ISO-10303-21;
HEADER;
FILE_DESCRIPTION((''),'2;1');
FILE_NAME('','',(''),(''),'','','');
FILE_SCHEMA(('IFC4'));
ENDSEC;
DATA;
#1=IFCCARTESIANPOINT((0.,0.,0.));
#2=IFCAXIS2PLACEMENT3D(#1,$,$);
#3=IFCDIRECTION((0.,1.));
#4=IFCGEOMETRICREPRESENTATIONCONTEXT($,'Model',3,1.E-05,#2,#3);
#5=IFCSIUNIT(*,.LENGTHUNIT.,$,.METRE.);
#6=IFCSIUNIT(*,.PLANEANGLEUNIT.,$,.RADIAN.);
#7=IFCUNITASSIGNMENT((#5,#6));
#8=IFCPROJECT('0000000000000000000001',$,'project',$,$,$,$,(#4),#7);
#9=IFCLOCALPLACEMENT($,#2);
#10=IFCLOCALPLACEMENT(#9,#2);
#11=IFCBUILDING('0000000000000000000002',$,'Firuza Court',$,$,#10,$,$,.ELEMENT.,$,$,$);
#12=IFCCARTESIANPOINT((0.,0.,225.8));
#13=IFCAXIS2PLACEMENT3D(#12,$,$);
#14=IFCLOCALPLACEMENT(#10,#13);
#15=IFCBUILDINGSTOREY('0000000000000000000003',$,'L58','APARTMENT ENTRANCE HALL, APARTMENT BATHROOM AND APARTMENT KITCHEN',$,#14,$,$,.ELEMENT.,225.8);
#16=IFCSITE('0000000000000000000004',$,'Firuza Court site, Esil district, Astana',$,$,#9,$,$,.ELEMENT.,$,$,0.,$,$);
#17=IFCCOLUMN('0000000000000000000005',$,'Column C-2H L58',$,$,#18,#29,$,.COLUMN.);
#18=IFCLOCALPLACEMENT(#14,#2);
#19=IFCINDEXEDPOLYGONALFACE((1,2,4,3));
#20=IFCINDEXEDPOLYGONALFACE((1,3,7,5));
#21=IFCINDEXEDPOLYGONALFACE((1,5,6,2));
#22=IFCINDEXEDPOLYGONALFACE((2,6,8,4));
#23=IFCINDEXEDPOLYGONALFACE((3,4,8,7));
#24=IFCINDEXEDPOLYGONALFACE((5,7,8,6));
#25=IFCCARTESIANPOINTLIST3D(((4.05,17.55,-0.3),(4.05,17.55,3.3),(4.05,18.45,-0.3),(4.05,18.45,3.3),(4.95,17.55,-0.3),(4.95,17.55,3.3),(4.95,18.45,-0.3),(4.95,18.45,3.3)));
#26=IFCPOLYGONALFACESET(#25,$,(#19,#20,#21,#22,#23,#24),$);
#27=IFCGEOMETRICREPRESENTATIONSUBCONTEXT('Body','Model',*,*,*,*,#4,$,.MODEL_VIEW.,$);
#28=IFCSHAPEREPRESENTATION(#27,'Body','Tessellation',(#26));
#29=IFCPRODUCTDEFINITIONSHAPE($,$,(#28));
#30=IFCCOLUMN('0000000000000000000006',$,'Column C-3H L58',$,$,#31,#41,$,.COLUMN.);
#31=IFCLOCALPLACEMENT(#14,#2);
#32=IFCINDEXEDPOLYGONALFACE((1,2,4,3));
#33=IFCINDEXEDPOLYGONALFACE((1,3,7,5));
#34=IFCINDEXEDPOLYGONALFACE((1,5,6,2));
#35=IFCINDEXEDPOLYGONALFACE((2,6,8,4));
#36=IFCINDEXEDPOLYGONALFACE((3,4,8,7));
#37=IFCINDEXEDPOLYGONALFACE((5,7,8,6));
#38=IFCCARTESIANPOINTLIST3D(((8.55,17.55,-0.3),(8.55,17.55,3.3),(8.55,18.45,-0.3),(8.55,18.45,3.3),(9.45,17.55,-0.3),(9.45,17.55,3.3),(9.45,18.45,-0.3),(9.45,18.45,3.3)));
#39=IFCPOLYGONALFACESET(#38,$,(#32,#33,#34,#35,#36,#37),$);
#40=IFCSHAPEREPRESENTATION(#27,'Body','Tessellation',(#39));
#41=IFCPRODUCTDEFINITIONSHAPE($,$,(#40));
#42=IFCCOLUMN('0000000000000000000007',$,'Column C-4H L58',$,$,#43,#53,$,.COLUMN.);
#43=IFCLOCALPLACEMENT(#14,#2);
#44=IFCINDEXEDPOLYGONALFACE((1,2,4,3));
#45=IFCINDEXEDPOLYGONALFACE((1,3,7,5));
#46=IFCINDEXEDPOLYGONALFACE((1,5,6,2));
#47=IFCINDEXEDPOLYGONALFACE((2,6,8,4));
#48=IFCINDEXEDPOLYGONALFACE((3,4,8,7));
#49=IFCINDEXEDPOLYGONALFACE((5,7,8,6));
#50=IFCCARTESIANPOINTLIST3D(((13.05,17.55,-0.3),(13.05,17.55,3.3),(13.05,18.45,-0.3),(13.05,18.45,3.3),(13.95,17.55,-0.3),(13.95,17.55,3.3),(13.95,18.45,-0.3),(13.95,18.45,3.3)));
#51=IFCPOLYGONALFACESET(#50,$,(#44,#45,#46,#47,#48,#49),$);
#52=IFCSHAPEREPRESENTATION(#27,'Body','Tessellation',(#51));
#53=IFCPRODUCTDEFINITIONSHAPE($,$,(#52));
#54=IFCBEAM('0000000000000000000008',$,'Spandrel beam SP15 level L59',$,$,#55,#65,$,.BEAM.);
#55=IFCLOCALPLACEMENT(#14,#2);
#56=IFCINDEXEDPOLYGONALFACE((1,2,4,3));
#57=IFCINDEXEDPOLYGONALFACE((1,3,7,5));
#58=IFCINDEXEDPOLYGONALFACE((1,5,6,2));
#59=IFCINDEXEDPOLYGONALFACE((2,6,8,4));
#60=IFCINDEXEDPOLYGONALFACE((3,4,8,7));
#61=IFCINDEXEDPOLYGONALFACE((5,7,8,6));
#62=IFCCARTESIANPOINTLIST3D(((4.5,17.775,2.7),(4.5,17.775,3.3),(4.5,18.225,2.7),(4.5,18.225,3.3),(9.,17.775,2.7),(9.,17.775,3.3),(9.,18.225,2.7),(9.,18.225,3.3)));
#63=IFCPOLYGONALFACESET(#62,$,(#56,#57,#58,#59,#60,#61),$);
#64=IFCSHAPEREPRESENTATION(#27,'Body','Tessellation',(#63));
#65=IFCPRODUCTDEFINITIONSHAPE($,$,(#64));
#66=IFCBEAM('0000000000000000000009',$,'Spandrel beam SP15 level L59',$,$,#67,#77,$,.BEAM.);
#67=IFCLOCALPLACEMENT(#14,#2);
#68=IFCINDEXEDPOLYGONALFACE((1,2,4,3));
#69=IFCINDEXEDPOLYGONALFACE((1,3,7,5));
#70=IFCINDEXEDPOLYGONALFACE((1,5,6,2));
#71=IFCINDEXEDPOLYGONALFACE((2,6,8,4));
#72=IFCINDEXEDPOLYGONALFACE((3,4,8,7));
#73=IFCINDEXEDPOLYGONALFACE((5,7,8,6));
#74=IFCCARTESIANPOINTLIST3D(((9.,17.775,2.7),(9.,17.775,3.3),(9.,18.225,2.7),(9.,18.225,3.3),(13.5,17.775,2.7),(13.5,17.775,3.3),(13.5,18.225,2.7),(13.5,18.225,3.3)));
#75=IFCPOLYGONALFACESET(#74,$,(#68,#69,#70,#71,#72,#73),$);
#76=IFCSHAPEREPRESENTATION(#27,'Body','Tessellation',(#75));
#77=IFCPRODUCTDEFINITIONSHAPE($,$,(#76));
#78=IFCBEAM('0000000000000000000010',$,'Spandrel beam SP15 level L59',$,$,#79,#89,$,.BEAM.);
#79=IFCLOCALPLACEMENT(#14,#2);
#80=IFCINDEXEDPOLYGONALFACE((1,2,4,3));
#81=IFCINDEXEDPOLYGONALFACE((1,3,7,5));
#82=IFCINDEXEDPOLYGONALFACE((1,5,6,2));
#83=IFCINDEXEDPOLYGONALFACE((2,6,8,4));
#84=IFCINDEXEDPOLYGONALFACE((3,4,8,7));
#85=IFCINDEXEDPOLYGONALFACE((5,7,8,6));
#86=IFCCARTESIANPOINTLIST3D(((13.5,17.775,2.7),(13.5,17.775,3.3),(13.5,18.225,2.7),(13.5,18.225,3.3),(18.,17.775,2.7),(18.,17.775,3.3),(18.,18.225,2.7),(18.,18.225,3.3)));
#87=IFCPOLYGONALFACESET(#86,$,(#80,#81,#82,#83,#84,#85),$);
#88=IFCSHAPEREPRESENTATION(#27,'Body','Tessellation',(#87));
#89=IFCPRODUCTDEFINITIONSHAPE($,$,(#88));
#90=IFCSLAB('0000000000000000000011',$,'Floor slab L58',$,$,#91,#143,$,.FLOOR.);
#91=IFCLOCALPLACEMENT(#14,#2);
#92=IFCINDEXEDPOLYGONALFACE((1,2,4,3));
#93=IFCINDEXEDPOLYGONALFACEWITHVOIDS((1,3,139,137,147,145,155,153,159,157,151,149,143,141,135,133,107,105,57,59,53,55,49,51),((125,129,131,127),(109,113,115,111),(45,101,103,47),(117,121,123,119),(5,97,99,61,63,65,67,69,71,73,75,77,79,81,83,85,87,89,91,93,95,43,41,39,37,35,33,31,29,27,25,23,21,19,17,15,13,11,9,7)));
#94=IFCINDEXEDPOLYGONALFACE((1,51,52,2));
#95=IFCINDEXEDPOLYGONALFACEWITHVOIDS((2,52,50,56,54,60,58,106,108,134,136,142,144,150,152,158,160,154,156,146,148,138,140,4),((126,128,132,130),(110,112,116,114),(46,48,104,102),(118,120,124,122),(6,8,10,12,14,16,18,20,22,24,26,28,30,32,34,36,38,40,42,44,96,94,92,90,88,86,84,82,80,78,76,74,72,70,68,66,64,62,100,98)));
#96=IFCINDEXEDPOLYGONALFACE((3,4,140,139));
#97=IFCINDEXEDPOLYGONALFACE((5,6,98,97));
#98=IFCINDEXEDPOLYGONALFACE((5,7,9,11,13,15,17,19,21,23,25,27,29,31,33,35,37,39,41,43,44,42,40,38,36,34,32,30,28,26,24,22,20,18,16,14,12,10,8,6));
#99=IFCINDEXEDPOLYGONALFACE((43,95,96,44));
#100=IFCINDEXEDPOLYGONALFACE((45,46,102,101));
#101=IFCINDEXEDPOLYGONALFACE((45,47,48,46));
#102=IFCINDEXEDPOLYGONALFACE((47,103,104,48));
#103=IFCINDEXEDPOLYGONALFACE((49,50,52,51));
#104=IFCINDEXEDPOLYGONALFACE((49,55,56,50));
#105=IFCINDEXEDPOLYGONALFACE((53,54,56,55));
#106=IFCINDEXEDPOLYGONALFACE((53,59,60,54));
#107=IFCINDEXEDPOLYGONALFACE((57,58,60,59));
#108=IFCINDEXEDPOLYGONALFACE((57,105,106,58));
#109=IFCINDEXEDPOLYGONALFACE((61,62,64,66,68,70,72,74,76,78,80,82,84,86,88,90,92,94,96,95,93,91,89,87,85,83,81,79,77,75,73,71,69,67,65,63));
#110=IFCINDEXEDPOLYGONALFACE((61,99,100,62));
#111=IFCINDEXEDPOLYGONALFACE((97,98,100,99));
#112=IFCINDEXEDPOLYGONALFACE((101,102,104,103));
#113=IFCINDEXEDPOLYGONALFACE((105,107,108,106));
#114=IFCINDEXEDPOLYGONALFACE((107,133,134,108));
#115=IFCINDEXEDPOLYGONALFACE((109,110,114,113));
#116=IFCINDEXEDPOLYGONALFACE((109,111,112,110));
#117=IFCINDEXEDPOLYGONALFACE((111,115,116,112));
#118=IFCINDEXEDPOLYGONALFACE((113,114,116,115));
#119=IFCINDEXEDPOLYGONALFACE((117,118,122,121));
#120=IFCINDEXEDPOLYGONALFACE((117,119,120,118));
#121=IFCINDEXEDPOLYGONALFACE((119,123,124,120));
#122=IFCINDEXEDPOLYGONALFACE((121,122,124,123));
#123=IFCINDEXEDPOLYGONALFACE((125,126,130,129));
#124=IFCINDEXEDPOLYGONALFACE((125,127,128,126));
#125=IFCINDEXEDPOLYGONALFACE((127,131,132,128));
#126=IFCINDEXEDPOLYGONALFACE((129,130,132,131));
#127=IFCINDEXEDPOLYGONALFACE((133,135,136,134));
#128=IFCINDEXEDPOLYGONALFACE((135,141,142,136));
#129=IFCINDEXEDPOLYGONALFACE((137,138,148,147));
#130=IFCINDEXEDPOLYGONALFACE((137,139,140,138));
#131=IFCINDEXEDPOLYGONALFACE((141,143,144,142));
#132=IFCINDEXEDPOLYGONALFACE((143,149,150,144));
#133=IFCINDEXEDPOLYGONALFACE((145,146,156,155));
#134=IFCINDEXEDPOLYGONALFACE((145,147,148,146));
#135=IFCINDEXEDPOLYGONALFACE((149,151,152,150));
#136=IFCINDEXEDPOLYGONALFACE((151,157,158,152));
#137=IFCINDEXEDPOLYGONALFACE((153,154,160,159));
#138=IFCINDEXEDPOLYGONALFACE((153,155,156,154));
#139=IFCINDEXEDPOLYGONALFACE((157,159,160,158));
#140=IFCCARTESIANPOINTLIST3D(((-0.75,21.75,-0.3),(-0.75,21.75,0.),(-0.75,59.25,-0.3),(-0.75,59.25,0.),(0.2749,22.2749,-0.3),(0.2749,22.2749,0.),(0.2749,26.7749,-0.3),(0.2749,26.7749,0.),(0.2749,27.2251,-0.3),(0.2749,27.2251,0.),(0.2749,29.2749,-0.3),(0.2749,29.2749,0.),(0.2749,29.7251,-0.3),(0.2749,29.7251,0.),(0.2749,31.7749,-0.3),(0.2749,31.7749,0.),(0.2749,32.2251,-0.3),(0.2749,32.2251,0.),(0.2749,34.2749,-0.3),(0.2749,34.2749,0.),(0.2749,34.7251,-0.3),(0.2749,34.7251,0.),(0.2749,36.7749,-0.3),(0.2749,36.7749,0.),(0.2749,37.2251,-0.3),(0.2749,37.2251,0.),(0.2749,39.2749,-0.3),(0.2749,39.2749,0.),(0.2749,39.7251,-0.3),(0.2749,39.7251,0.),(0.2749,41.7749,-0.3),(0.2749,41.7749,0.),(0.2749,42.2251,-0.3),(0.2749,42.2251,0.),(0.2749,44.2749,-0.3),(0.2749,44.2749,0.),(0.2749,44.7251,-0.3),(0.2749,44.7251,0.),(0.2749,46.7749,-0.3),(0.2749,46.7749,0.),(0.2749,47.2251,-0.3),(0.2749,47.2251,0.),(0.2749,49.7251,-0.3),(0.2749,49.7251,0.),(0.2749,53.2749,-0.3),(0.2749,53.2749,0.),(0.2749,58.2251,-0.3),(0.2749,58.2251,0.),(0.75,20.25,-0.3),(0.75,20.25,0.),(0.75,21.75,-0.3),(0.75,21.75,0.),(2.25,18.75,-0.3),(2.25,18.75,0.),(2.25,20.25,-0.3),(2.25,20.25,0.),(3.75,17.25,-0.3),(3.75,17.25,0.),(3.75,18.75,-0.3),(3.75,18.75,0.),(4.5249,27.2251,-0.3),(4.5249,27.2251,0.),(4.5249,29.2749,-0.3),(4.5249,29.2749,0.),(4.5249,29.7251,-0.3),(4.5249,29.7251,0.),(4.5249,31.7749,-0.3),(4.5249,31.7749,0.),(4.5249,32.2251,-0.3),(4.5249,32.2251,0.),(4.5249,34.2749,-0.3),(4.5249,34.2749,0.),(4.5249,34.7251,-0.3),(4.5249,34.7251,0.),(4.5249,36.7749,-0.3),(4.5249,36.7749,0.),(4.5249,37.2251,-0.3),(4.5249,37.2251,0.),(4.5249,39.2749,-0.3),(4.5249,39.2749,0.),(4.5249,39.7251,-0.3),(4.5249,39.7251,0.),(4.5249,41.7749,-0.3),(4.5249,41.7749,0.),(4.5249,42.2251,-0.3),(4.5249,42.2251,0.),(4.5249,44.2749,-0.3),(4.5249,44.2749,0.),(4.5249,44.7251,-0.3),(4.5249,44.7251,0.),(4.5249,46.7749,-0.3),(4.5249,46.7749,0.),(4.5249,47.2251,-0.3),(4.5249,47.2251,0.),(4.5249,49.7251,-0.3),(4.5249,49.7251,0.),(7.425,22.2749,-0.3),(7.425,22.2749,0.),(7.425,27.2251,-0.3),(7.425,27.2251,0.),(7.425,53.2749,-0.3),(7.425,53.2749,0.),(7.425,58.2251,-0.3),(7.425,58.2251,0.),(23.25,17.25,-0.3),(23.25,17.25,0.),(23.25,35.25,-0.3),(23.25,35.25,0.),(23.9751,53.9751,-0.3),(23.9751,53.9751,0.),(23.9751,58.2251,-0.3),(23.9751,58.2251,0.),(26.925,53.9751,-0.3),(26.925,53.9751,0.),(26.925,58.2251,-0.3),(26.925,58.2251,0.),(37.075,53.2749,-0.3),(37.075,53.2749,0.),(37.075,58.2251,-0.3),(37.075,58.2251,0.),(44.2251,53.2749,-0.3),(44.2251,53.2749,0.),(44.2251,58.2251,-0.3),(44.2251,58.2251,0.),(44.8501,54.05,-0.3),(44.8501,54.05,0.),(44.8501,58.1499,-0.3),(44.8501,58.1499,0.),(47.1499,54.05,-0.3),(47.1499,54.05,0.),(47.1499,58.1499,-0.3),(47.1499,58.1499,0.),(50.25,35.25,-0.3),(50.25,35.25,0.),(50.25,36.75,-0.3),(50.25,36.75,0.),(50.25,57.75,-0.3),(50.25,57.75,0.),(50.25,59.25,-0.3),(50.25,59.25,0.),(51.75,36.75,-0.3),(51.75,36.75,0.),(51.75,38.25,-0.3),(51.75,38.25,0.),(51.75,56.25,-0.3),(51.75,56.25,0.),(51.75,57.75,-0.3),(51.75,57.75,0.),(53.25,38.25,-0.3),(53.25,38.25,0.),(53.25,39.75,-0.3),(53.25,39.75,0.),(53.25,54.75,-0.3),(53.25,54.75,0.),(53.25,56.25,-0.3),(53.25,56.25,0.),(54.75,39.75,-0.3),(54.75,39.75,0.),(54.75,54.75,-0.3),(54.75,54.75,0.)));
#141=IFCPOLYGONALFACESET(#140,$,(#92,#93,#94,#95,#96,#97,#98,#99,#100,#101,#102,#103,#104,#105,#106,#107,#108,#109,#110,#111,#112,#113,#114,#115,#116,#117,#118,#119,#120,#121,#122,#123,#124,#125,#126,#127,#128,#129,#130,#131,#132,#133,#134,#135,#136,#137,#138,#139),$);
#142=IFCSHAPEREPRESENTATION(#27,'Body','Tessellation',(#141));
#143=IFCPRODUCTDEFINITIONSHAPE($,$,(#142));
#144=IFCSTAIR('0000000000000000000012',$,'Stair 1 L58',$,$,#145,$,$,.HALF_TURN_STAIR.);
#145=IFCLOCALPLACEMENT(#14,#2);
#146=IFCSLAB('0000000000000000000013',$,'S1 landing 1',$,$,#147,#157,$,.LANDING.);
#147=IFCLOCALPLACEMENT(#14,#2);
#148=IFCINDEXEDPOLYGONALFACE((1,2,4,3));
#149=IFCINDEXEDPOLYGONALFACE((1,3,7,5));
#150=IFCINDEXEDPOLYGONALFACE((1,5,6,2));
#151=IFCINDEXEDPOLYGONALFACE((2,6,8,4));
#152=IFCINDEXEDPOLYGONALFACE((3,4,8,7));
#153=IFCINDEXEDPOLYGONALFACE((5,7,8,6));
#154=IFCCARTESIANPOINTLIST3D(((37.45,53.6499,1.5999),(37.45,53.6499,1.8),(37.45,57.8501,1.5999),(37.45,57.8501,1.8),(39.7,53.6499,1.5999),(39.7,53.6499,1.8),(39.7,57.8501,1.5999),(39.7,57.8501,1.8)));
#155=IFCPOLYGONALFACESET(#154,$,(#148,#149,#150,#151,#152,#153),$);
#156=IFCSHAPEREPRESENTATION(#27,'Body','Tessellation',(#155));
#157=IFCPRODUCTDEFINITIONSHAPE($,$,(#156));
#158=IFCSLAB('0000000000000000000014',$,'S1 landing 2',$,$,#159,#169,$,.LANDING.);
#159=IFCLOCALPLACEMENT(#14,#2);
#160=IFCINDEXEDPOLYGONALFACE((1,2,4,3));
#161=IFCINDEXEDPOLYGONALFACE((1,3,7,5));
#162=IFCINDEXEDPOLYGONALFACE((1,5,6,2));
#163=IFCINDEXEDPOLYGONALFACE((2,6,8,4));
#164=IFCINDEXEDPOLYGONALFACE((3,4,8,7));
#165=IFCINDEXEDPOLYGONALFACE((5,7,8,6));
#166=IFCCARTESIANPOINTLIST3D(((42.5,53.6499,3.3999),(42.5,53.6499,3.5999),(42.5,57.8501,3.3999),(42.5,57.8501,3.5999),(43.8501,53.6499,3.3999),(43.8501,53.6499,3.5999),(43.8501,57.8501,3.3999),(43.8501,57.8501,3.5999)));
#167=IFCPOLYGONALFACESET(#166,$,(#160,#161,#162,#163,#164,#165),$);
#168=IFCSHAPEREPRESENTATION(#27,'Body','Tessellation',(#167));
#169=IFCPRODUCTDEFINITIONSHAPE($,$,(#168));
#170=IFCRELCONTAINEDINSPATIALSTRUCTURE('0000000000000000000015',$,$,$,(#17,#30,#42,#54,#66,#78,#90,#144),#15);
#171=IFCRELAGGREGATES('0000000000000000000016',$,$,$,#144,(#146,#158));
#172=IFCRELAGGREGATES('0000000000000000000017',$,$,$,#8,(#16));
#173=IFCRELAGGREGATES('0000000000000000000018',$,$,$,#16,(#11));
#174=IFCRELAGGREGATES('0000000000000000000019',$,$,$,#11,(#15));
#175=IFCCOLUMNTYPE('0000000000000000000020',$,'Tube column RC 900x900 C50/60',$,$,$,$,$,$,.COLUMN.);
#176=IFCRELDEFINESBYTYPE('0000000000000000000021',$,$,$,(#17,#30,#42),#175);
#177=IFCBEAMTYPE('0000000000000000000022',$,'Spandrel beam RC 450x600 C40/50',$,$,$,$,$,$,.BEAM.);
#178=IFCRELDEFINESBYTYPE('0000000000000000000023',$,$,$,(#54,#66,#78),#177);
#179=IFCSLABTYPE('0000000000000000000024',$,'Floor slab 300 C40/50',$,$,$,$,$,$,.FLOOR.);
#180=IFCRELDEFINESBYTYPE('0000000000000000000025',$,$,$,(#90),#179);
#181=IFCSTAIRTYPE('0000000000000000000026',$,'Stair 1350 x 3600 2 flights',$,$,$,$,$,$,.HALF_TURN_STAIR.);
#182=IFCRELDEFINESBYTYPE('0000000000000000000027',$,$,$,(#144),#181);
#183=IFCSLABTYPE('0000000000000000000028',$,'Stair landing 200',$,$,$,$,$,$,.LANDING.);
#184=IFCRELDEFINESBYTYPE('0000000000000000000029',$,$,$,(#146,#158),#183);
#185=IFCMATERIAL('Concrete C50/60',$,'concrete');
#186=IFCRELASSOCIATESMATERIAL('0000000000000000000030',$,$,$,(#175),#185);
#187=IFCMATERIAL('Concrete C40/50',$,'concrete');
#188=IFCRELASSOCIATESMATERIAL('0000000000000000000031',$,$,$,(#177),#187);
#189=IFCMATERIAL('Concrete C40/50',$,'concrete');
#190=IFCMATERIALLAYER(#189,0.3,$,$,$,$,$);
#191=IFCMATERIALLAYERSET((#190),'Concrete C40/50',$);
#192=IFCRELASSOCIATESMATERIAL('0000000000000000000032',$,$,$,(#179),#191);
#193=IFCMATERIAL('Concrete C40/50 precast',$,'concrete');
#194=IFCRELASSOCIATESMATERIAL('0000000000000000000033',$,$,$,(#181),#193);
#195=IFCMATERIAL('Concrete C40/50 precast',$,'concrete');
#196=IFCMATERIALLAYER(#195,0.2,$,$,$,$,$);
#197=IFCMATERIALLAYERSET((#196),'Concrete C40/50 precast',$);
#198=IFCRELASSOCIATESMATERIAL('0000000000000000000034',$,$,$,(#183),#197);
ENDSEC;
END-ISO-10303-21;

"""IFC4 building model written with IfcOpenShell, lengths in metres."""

from ifc_helpers import new_model, si_unit, direction, frame, origin, origin_2d, place, context, subcontext, project, spatial, polyline, rectangle, outline, extrude, material, layer, layer_set, material_profile, profile_set, type_object, element, aggregate, save


model = new_model("IFC4")

# Units and contexts
model_context = context("Model", 3, precision=1e-05, world=origin(), true_north=direction((0.0, 1.0)))
body_context = subcontext(model_context, "Body", "Model", "MODEL_VIEW")
ifc_project = project(units=[si_unit("LENGTHUNIT", "METRE"), si_unit("PLANEANGLEUNIT", "RADIAN")], contexts=[model_context])

# Site, building, storey
site_placement = place(None, origin())
site = spatial("IfcSite", under=ifc_project, at=site_placement, Name="Firuza Court site, Esil district, Astana", CompositionType="ELEMENT", RefElevation=0.0)
building_placement = place(site_placement, origin())
building = spatial("IfcBuilding", under=site, at=building_placement, Name="Firuza Court", CompositionType="ELEMENT")
storey_placement = place(building_placement, frame((0.0, 0.0, 225.8)))
storey = spatial("IfcBuildingStorey", under=building, at=storey_placement, Name="L58", Description="APARTMENT ENTRANCE HALL, APARTMENT BATHROOM AND APARTMENT KITCHEN", CompositionType="ELEMENT", Elevation=225.8)

# Columns
ifc_material_1 = material(Name="Concrete C50/60", Category="concrete")
ifc_material_profile_1 = material_profile(ifc_material_1, rectangle(XDim=0.8999, YDim=0.8999, at=origin_2d()), Name="RC 900x900")
ifc_profile_set_1 = profile_set([ifc_material_profile_1], Name="Concrete C50/60")
column_type = type_object("IfcColumnType", Name="Tube column RC 900x900 C50/60", PredefinedType="COLUMN", material=ifc_profile_set_1)
for number, where, z_axis, x_axis, name in (
    (1, (4.5, 18.0, -0.3), (0.0, 0.0, 1.0), (1.0, 0.0, 0.0), "Column C-2H L58"),
    (2, (9.0, 18.0, -0.3), (0.0, 0.0, 1.0), (1.0, 0.0, 0.0), "Column C-3H L58"),
    (3, (13.5, 18.0, -0.3), (0.0, 0.0, 1.0), (1.0, 0.0, 0.0), "Column C-4H L58"),
):
    element("IfcColumn", number, at=place(storey_placement, frame(where, z_axis=z_axis, x_axis=x_axis)), inside=storey, type_object=column_type, Name=name, PredefinedType="COLUMN", context=body_context, shape_type="SweptSolid", body=[
        extrude(rectangle(XDim=0.8999, YDim=0.8999, at=origin_2d()), origin(), (0.0, 0.0, 1.0), 3.6001),
    ])

# Beams
ifc_material_2 = material(Name="Concrete C40/50", Category="concrete")
ifc_material_profile_2 = material_profile(ifc_material_2, rectangle(XDim=0.45, YDim=0.6001, at=origin_2d()), Name="RC 450x600")
ifc_profile_set_2 = profile_set([ifc_material_profile_2], Name="Concrete C40/50")
beam_type = type_object("IfcBeamType", Name="Spandrel beam RC 450x600 C40/50", PredefinedType="BEAM", material=ifc_profile_set_2)
for number, where, z_axis, x_axis, name in (
    (4, (4.5, 18.0, 3.0), (1.0, 0.0, 0.0), (0.0, 1.0, 0.0), "Spandrel beam SP15 level L59"),
    (5, (9.0, 18.0, 3.0), (1.0, 0.0, 0.0), (0.0, 1.0, 0.0), "Spandrel beam SP15 level L59"),
    (6, (13.5, 18.0, 3.0), (1.0, 0.0, 0.0), (0.0, 1.0, 0.0), "Spandrel beam SP15 level L59"),
):
    element("IfcBeam", number, at=place(storey_placement, frame(where, z_axis=z_axis, x_axis=x_axis)), inside=storey, type_object=beam_type, Name=name, PredefinedType="BEAM", context=body_context, shape_type="SweptSolid", body=[
        extrude(rectangle(XDim=0.45, YDim=0.6001, at=origin_2d()), origin(), (0.0, 0.0, 1.0), 4.5),
    ])

# Slab
ifc_material_3 = material(Name="Concrete C40/50", Category="concrete")
ifc_layer_1 = layer(ifc_material_3, 0.3)
ifc_layer_set_1 = layer_set([ifc_layer_1], Name="Concrete C40/50")
slab_type_1 = type_object("IfcSlabType", Name="Floor slab 300 C40/50", PredefinedType="FLOOR", material=ifc_layer_set_1)
slab_1_placement = place(storey_placement, frame((0.0, 0.0, -0.3)))
element("IfcSlab", 7, at=slab_1_placement, inside=storey, type_object=slab_type_1, Name="Floor slab L58", PredefinedType="FLOOR", context=body_context, shape_type="SweptSolid", body=[
    extrude(outline(polyline([(-0.75, 59.25), (50.25, 59.25), (50.25, 57.75), (51.75, 57.75), (51.75, 56.25), (53.25, 56.25), (53.25, 54.75), (54.75, 54.75), (54.75, 39.75), (53.25, 39.75), (53.25, 38.25), (51.75, 38.25), (51.75, 36.75), (50.25, 36.75), (50.25, 35.25), (23.25, 35.25), (23.25, 17.25), (3.75, 17.25), (3.75, 18.75), (2.25, 18.75), (2.25, 20.25), (0.75, 20.25), (0.75, 21.75), (-0.75, 21.75), (-0.75, 59.25)]), holes=[polyline([(0.2749, 34.2749), (0.2749, 32.2251), (0.2749, 31.7749), (0.2749, 29.7251), (0.2749, 29.2749), (0.2749, 27.2251), (0.2749, 26.7749), (0.2749, 22.2749), (7.425, 22.2749), (7.425, 27.2251), (4.5249, 27.2251), (4.5249, 29.2749), (4.5249, 29.7251), (4.5249, 31.7749), (4.5249, 32.2251), (4.5249, 34.2749), (4.5249, 34.7251), (4.5249, 36.7749), (4.5249, 37.2251), (4.5249, 39.2749), (4.5249, 39.7251), (4.5249, 41.7749), (4.5249, 42.2251), (4.5249, 44.2749), (4.5249, 44.7251), (4.5249, 46.7749), (4.5249, 47.2251), (4.5249, 49.7251), (0.2749, 49.7251), (0.2749, 47.2251), (0.2749, 46.7749), (0.2749, 44.7251), (0.2749, 44.2749), (0.2749, 42.2251), (0.2749, 41.7749), (0.2749, 39.7251), (0.2749, 39.2749), (0.2749, 37.2251), (0.2749, 36.7749), (0.2749, 34.7251), (0.2749, 34.2749)]), polyline([(7.425, 58.2251), (0.2749, 58.2251), (0.2749, 53.2749), (7.425, 53.2749), (7.425, 58.2251)]), polyline([(44.2251, 58.2251), (37.075, 58.2251), (37.075, 53.2749), (44.2251, 53.2749), (44.2251, 58.2251)]), polyline([(26.925, 58.2251), (23.9751, 58.2251), (23.9751, 53.9751), (26.925, 53.9751), (26.925, 58.2251)]), polyline([(47.1499, 58.1499), (44.8501, 58.1499), (44.8501, 54.05), (47.1499, 54.05), (47.1499, 58.1499)])]), origin(), (0.0, 0.0, 1.0), 0.3),
])

# Stair, slabs
ifc_material_4 = material(Name="Concrete C40/50 precast", Category="concrete")
stair_type = type_object("IfcStairType", Name="Stair 1350 x 3600 2 flights", PredefinedType="HALF_TURN_STAIR", material=ifc_material_4)
stair_1_placement = place(storey_placement, origin())
stair_1 = element("IfcStair", 8, at=stair_1_placement, inside=storey, type_object=stair_type, Name="Stair 1 L58", PredefinedType="HALF_TURN_STAIR")
ifc_material_5 = material(Name="Concrete C40/50 precast", Category="concrete")
ifc_layer_2 = layer(ifc_material_5, 0.2)
ifc_layer_set_2 = layer_set([ifc_layer_2], Name="Concrete C40/50 precast")
slab_type_2 = type_object("IfcSlabType", Name="Stair landing 200", PredefinedType="LANDING", material=ifc_layer_set_2)
slab_2_placement = place(storey_placement, frame((0.0, 0.0, 1.5999)))
slab_2 = element("IfcSlab", 9, at=slab_2_placement, type_object=slab_type_2, Name="S1 landing 1", PredefinedType="LANDING", context=body_context, shape_type="SweptSolid", body=[
    extrude(outline(polyline([(39.7, 53.6499), (39.7, 57.8501), (37.45, 57.8501), (37.45, 53.6499), (39.7, 53.6499)])), origin(), (0.0, 0.0, 1.0), 0.2002),
])
slab_3_placement = place(storey_placement, frame((0.0, 0.0, 3.3999)))
slab_3 = element("IfcSlab", 10, at=slab_3_placement, type_object=slab_type_2, Name="S1 landing 2", PredefinedType="LANDING", context=body_context, shape_type="SweptSolid", body=[
    extrude(outline(polyline([(43.8501, 53.6499), (43.8501, 57.8501), (42.5, 57.8501), (42.5, 53.6499), (43.8501, 53.6499)])), origin(), (0.0, 0.0, 1.0), 0.2),
])
aggregate(stair_1, [slab_2, slab_3])

save(model, "model.ifc")
